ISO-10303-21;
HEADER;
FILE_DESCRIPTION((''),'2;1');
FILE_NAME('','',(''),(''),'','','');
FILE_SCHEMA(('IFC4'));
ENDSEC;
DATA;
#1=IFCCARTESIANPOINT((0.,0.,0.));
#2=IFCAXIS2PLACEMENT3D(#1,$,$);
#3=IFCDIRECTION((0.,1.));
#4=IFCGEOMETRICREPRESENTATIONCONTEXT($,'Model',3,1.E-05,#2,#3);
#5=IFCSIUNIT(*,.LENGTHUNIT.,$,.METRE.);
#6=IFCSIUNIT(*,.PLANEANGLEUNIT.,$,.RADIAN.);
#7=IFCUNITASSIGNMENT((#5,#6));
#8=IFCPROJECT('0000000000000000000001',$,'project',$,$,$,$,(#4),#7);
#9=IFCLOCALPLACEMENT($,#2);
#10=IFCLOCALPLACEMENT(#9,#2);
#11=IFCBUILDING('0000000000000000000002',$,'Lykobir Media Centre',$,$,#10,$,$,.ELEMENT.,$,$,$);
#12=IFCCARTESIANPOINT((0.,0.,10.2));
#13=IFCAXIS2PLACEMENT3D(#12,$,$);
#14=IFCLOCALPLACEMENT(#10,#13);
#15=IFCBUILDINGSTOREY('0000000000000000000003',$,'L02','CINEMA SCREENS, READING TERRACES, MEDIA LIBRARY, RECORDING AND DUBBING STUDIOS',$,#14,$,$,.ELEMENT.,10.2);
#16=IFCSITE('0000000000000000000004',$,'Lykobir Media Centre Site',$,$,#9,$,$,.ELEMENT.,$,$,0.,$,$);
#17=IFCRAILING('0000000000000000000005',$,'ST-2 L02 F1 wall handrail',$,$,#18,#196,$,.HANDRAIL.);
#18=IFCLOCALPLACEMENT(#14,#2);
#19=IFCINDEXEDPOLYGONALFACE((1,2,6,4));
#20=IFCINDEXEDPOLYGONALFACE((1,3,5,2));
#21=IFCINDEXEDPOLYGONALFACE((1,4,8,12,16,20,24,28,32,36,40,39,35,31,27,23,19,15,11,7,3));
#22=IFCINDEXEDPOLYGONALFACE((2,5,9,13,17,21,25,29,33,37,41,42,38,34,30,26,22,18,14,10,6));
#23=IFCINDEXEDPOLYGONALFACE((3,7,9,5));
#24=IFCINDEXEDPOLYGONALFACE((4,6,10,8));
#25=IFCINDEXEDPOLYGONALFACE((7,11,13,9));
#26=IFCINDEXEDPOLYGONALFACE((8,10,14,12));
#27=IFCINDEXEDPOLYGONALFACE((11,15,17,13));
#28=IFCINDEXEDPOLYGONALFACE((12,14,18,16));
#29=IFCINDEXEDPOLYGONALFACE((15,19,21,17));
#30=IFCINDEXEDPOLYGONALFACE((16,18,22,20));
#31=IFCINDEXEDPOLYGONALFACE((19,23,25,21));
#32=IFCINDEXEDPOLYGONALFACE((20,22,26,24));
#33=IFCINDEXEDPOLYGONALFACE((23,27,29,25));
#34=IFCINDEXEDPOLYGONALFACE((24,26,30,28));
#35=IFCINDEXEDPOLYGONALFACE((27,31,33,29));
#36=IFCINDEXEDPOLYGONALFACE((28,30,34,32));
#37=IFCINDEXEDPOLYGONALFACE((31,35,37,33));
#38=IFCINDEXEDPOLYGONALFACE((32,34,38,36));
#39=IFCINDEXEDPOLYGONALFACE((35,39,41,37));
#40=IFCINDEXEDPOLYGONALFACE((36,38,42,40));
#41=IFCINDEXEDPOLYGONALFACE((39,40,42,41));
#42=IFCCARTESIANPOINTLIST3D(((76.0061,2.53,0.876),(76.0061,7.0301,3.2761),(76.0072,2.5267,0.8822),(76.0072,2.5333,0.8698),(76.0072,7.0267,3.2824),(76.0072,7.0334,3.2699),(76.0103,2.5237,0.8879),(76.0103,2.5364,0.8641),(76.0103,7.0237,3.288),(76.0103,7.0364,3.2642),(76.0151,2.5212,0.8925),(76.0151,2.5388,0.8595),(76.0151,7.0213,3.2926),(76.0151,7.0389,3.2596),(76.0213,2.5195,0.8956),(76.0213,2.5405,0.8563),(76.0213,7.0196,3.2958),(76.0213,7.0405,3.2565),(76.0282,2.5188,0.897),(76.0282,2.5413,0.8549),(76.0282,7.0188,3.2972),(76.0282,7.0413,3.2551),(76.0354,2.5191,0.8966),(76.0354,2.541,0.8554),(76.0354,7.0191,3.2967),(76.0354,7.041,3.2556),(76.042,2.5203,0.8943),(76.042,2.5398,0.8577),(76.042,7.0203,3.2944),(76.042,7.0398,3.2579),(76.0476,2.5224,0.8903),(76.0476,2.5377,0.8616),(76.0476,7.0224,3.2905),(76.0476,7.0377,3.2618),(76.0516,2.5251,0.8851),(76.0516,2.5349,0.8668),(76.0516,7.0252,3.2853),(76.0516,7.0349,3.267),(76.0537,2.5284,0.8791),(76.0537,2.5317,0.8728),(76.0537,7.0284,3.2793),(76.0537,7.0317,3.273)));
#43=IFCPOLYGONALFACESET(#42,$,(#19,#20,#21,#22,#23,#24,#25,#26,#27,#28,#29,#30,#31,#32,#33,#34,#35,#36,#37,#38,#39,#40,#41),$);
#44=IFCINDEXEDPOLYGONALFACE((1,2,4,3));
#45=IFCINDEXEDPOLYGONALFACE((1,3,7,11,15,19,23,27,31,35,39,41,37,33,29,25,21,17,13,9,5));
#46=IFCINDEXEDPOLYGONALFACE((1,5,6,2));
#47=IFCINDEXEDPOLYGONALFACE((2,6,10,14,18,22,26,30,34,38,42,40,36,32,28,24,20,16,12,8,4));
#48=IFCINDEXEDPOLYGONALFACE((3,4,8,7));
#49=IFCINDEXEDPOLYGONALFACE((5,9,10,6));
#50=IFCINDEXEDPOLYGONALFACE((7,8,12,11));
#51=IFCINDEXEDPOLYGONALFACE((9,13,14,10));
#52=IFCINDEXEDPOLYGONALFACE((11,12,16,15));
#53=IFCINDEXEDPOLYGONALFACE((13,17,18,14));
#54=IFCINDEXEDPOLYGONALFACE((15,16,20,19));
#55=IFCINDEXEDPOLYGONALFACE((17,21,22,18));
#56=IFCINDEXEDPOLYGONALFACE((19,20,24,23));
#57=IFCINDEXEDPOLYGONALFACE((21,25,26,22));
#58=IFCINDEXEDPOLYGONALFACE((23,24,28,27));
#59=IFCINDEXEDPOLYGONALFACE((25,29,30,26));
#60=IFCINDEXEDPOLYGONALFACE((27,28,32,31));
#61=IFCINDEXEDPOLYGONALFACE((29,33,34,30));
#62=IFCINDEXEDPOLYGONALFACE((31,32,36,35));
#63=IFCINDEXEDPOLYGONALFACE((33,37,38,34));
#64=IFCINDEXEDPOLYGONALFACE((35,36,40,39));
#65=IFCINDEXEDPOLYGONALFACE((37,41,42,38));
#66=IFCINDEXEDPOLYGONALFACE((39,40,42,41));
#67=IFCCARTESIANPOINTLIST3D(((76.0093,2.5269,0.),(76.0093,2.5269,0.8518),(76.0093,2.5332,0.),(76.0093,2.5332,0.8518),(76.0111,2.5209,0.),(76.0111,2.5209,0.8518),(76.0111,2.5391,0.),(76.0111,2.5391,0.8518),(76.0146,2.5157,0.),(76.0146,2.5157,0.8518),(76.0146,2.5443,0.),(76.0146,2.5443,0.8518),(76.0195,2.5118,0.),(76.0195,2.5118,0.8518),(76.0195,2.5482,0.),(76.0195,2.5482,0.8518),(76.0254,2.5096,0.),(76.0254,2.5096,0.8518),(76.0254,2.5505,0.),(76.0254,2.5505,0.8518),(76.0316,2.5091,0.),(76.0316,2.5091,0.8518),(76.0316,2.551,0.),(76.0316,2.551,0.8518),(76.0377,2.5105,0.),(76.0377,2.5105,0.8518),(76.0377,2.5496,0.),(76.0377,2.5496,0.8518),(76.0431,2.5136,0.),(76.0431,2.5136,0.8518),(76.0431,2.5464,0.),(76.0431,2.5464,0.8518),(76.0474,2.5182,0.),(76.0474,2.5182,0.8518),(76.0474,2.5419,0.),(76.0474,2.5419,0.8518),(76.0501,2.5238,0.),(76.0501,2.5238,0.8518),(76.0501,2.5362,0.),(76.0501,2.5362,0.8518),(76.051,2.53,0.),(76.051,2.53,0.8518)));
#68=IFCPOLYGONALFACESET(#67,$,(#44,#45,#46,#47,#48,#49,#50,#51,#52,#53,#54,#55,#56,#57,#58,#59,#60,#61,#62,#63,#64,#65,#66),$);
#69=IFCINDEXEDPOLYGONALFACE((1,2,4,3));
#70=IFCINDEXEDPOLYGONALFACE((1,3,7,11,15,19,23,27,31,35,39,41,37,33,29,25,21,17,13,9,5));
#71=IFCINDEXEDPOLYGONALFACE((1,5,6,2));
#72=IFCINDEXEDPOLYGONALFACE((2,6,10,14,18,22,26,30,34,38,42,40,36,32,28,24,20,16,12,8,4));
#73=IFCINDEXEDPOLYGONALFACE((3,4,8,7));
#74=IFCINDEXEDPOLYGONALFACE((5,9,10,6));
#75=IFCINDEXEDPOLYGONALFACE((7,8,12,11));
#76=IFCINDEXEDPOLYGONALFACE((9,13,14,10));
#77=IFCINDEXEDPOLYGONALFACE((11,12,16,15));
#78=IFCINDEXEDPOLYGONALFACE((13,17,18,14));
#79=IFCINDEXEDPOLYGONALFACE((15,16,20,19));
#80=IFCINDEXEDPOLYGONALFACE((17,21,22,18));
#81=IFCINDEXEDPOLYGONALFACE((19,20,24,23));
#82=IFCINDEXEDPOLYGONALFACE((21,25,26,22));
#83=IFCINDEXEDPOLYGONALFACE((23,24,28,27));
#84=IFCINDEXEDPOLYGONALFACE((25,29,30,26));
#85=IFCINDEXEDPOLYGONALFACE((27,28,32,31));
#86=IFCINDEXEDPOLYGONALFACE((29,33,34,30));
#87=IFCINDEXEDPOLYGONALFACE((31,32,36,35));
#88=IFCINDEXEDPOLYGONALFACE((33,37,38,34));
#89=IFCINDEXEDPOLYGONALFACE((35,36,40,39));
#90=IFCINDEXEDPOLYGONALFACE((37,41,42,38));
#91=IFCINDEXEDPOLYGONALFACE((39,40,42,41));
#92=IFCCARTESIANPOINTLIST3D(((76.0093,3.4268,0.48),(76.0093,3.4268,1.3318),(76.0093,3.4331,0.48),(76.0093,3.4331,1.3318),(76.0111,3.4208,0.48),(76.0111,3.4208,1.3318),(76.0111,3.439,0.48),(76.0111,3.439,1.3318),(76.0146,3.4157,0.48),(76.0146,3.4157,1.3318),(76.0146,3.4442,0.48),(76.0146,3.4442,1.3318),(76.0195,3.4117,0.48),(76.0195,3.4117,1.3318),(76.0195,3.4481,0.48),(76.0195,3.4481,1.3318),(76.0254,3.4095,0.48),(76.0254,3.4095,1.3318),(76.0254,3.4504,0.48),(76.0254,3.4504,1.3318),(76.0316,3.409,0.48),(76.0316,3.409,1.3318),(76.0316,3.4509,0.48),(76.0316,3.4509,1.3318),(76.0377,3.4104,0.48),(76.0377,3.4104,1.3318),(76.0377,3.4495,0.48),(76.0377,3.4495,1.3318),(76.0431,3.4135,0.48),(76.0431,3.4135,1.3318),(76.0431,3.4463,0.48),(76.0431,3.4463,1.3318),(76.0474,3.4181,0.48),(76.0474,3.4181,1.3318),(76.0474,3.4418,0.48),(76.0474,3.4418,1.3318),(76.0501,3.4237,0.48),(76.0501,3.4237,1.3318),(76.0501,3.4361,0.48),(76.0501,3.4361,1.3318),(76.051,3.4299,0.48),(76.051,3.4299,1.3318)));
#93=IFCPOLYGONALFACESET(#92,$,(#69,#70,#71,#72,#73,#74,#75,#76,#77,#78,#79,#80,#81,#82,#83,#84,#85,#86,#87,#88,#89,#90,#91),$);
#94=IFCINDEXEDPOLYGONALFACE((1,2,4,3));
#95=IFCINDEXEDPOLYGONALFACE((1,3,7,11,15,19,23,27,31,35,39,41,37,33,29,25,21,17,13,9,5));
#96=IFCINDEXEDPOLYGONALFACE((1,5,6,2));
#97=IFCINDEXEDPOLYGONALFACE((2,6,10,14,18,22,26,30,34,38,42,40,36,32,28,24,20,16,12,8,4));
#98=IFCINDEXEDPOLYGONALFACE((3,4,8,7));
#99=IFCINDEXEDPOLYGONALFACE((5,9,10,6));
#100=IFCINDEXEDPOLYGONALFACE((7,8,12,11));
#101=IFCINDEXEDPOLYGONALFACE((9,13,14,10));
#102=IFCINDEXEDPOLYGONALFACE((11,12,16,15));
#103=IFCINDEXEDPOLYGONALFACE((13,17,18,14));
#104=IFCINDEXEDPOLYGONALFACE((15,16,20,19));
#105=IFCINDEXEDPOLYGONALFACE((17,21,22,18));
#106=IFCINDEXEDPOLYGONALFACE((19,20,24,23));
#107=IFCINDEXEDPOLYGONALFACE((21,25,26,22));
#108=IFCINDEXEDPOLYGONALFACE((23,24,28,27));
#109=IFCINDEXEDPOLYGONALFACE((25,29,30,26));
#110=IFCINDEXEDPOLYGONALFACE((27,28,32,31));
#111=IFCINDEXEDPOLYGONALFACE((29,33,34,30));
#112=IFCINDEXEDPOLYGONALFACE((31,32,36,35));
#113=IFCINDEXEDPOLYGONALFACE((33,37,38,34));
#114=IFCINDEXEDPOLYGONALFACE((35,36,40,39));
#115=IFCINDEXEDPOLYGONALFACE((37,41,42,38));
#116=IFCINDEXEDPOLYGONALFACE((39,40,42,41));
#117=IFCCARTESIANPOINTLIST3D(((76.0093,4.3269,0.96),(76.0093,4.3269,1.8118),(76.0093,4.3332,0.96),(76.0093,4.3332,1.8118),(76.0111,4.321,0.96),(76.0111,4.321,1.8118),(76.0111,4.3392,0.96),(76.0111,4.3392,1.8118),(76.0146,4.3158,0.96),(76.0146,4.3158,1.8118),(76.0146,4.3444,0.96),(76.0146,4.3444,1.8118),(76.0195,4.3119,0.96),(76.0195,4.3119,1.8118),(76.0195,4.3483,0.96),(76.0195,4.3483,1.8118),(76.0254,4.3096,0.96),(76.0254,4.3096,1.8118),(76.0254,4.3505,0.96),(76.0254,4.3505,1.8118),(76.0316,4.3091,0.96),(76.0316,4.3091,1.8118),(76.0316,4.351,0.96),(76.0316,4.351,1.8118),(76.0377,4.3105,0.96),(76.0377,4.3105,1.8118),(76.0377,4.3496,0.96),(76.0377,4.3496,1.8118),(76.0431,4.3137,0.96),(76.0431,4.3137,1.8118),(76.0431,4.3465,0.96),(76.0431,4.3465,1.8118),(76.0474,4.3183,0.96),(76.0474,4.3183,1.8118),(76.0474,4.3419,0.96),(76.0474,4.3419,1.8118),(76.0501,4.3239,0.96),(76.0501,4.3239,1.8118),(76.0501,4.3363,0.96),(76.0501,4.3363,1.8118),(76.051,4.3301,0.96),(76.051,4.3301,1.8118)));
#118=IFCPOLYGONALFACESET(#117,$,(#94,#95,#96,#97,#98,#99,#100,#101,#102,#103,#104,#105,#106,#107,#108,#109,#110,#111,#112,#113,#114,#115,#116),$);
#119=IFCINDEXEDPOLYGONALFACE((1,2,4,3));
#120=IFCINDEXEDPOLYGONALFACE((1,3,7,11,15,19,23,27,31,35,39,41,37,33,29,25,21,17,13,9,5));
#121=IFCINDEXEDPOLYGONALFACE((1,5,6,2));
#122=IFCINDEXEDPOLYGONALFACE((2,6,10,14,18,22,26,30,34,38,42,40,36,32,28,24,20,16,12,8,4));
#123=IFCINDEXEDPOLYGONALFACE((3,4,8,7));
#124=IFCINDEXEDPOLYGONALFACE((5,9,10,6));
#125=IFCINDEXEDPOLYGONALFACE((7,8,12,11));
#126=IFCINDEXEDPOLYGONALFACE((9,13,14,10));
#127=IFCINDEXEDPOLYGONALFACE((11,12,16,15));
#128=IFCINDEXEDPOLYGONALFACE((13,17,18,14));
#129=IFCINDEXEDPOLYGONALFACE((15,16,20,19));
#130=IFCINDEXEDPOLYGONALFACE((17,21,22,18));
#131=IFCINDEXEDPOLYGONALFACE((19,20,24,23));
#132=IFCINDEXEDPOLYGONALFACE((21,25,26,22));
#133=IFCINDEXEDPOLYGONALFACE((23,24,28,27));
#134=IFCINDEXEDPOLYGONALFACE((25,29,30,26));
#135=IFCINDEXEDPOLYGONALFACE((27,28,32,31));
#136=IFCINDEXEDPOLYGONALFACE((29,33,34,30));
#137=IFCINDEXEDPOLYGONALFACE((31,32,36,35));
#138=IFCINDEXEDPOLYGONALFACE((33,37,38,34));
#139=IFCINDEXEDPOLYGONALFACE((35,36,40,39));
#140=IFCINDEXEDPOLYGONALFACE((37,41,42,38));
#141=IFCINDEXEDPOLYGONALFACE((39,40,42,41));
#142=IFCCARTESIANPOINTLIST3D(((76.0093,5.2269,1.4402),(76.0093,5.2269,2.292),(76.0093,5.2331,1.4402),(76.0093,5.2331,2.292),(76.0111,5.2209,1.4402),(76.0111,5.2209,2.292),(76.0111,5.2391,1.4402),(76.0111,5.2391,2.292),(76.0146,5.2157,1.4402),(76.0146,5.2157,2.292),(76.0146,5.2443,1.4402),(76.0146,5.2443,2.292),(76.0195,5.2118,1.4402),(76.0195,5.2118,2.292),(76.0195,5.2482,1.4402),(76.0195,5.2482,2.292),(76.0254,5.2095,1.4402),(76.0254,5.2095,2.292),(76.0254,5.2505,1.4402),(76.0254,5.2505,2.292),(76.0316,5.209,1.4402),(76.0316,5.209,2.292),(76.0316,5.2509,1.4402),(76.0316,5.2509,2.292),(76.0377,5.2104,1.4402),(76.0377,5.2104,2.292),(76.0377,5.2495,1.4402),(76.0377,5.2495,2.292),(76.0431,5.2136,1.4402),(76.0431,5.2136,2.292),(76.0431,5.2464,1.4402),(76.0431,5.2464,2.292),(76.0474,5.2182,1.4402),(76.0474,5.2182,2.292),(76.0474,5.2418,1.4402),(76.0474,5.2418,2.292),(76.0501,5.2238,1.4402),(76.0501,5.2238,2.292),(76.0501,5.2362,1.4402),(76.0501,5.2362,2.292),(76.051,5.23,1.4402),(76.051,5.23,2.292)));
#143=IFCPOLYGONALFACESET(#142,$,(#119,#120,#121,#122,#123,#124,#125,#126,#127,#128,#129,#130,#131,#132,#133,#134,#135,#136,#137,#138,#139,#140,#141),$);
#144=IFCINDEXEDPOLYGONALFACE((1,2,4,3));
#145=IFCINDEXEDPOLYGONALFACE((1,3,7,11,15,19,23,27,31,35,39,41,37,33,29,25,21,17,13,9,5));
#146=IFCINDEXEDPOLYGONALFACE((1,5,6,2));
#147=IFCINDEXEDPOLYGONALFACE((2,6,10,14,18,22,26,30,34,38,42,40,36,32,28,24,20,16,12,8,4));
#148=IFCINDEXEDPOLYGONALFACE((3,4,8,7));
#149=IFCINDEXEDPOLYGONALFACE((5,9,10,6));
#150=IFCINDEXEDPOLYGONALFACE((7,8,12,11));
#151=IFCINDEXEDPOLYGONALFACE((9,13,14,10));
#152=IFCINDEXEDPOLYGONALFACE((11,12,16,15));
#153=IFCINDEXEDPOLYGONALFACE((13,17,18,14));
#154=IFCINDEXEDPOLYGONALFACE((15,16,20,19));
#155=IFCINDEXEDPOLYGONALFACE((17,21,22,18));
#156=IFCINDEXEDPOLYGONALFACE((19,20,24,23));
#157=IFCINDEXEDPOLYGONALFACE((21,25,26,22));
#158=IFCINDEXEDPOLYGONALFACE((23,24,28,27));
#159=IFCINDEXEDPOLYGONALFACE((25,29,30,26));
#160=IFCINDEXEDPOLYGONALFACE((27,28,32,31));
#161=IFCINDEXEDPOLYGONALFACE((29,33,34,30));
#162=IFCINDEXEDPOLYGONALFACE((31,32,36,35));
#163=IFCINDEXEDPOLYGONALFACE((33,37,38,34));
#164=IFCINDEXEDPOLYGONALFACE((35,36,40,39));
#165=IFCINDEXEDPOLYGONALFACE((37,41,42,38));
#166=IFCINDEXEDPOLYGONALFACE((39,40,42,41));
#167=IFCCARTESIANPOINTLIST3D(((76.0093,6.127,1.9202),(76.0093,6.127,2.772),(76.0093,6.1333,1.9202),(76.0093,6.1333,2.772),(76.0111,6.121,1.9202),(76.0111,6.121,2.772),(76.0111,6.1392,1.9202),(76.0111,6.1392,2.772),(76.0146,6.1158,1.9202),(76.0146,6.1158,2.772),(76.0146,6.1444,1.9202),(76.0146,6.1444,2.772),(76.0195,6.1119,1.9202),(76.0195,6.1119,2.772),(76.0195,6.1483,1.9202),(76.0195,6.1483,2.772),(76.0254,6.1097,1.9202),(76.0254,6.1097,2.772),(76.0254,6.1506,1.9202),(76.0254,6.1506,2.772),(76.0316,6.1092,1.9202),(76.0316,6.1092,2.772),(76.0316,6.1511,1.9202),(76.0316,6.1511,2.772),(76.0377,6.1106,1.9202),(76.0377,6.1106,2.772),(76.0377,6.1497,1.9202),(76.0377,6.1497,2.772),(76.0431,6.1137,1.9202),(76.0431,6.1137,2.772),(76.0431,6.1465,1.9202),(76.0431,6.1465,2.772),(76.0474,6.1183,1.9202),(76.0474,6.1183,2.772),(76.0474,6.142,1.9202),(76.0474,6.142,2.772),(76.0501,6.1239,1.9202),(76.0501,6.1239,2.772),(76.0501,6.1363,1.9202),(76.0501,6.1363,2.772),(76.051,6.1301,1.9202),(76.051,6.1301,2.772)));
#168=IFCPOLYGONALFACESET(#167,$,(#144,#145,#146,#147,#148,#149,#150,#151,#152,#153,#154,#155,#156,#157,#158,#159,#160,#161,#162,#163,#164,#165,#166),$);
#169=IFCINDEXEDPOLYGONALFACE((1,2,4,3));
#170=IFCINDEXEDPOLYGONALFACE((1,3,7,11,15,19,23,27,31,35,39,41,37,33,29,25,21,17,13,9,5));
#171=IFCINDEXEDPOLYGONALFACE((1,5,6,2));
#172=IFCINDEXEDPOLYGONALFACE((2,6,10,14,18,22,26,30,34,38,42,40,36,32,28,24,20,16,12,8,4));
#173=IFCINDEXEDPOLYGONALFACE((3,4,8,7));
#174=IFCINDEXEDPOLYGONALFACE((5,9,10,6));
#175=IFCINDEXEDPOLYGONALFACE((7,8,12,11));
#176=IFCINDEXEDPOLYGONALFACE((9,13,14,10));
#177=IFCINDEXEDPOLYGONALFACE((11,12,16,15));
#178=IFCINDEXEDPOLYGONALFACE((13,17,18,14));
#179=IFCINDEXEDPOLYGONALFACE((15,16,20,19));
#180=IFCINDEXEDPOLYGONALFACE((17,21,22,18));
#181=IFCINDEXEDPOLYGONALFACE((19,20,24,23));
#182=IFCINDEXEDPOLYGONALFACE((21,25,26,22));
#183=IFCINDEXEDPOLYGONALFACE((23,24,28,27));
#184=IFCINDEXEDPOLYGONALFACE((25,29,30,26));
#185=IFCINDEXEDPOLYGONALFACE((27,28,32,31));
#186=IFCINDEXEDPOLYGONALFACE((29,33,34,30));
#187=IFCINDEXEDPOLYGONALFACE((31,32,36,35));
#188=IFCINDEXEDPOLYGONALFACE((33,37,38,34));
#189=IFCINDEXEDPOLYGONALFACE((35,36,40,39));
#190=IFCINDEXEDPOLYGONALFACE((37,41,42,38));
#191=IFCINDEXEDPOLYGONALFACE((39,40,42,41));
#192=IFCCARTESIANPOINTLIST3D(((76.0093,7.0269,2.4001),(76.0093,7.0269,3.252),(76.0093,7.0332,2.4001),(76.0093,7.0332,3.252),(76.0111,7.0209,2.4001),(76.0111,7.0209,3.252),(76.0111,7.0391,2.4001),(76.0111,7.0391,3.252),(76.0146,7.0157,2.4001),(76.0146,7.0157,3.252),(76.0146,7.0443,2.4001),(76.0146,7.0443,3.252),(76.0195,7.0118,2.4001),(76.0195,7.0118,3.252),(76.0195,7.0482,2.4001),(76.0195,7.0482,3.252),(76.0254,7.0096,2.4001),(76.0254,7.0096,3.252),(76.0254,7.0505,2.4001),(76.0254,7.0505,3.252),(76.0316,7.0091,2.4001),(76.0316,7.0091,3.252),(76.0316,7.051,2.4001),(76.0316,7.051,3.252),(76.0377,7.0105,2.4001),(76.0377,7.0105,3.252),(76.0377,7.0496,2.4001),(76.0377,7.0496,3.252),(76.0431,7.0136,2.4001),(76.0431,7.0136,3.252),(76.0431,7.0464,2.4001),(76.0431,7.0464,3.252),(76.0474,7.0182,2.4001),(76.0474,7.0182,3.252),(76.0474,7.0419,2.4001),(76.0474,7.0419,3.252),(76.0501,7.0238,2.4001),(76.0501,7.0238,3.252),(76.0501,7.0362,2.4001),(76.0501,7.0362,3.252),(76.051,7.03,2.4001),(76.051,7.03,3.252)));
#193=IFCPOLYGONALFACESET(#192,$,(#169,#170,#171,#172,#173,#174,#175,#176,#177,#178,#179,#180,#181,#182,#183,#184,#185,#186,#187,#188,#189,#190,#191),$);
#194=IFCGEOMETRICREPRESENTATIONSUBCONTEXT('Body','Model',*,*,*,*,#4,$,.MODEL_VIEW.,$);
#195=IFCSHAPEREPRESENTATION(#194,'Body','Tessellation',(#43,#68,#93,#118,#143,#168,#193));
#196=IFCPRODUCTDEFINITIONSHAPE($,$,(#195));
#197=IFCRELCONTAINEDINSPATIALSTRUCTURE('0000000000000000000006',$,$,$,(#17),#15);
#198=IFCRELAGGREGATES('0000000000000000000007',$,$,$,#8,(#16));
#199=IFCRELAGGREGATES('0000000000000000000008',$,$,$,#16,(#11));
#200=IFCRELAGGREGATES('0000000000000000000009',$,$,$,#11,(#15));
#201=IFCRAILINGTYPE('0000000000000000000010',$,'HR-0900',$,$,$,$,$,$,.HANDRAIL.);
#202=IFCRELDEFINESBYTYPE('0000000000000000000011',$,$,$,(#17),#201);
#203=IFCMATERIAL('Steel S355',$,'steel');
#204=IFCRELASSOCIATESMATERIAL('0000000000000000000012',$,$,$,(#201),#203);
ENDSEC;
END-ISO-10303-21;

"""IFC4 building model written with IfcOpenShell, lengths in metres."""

from ifc_helpers import new_model, si_unit, direction, frame, origin, origin_2d, place, context, subcontext, project, spatial, circle, extrude, material, type_object, element, save


model = new_model("IFC4")

# Units and contexts
model_context = context("Model", 3, precision=1e-05, world=origin(), true_north=direction((0.0, 1.0)))
body_context = subcontext(model_context, "Body", "Model", "MODEL_VIEW")
ifc_project = project(units=[si_unit("LENGTHUNIT", "METRE"), si_unit("PLANEANGLEUNIT", "RADIAN")], contexts=[model_context])

# Site, building, storey
site_placement = place(None, origin())
site = spatial("IfcSite", under=ifc_project, at=site_placement, Name="Lykobir Media Centre Site", CompositionType="ELEMENT", RefElevation=0.0)
building_placement = place(site_placement, origin())
building = spatial("IfcBuilding", under=site, at=building_placement, Name="Lykobir Media Centre", CompositionType="ELEMENT")
storey_placement = place(building_placement, frame((0.0, 0.0, 10.2)))
storey = spatial("IfcBuildingStorey", under=building, at=storey_placement, Name="L02", Description="CINEMA SCREENS, READING TERRACES, MEDIA LIBRARY, RECORDING AND DUBBING STUDIOS", CompositionType="ELEMENT", Elevation=10.2)

# Shared definitions
ifc_material_1 = material(Name="Steel S355", Category="steel")

# Railing
railing_type_1 = type_object("IfcRailingType", Name="HR-0900", PredefinedType="HANDRAIL", material=ifc_material_1)
railing_1_placement = place(storey_placement, frame((76.03, 2.53, 0.0)))
element("IfcRailing", 1, at=railing_1_placement, inside=storey, type_object=railing_type_1, Name="ST-2 L02 F1 wall handrail", PredefinedType="HANDRAIL", context=body_context, shape_type="SweptSolid", body=[
    extrude(circle(Radius=0.0239, at=origin_2d()), frame((0.0, 0.0, 0.876), z_axis=(0.0, 0.882341, 0.470611), x_axis=(-1.0, 0.0, 0.0)), (0.0, 0.0, 1.0), 5.1001),
    extrude(circle(Radius=0.021, at=origin_2d()), origin(), (0.0, 0.0, 1.0), 0.8518),
    extrude(circle(Radius=0.021, at=origin_2d()), frame((0.0, 0.8999, 0.48)), (0.0, 0.0, 1.0), 0.8518),
    extrude(circle(Radius=0.021, at=origin_2d()), frame((0.0, 1.8, 0.96)), (0.0, 0.0, 1.0), 0.8518),
    extrude(circle(Radius=0.021, at=origin_2d()), frame((0.0, 2.7, 1.4402)), (0.0, 0.0, 1.0), 0.8518),
    extrude(circle(Radius=0.021, at=origin_2d()), frame((0.0, 3.6001, 1.9202)), (0.0, 0.0, 1.0), 0.8518),
    extrude(circle(Radius=0.021, at=origin_2d()), frame((0.0, 4.5, 2.4001)), (0.0, 0.0, 1.0), 0.8518),
])

save(model, "model.ifc")
